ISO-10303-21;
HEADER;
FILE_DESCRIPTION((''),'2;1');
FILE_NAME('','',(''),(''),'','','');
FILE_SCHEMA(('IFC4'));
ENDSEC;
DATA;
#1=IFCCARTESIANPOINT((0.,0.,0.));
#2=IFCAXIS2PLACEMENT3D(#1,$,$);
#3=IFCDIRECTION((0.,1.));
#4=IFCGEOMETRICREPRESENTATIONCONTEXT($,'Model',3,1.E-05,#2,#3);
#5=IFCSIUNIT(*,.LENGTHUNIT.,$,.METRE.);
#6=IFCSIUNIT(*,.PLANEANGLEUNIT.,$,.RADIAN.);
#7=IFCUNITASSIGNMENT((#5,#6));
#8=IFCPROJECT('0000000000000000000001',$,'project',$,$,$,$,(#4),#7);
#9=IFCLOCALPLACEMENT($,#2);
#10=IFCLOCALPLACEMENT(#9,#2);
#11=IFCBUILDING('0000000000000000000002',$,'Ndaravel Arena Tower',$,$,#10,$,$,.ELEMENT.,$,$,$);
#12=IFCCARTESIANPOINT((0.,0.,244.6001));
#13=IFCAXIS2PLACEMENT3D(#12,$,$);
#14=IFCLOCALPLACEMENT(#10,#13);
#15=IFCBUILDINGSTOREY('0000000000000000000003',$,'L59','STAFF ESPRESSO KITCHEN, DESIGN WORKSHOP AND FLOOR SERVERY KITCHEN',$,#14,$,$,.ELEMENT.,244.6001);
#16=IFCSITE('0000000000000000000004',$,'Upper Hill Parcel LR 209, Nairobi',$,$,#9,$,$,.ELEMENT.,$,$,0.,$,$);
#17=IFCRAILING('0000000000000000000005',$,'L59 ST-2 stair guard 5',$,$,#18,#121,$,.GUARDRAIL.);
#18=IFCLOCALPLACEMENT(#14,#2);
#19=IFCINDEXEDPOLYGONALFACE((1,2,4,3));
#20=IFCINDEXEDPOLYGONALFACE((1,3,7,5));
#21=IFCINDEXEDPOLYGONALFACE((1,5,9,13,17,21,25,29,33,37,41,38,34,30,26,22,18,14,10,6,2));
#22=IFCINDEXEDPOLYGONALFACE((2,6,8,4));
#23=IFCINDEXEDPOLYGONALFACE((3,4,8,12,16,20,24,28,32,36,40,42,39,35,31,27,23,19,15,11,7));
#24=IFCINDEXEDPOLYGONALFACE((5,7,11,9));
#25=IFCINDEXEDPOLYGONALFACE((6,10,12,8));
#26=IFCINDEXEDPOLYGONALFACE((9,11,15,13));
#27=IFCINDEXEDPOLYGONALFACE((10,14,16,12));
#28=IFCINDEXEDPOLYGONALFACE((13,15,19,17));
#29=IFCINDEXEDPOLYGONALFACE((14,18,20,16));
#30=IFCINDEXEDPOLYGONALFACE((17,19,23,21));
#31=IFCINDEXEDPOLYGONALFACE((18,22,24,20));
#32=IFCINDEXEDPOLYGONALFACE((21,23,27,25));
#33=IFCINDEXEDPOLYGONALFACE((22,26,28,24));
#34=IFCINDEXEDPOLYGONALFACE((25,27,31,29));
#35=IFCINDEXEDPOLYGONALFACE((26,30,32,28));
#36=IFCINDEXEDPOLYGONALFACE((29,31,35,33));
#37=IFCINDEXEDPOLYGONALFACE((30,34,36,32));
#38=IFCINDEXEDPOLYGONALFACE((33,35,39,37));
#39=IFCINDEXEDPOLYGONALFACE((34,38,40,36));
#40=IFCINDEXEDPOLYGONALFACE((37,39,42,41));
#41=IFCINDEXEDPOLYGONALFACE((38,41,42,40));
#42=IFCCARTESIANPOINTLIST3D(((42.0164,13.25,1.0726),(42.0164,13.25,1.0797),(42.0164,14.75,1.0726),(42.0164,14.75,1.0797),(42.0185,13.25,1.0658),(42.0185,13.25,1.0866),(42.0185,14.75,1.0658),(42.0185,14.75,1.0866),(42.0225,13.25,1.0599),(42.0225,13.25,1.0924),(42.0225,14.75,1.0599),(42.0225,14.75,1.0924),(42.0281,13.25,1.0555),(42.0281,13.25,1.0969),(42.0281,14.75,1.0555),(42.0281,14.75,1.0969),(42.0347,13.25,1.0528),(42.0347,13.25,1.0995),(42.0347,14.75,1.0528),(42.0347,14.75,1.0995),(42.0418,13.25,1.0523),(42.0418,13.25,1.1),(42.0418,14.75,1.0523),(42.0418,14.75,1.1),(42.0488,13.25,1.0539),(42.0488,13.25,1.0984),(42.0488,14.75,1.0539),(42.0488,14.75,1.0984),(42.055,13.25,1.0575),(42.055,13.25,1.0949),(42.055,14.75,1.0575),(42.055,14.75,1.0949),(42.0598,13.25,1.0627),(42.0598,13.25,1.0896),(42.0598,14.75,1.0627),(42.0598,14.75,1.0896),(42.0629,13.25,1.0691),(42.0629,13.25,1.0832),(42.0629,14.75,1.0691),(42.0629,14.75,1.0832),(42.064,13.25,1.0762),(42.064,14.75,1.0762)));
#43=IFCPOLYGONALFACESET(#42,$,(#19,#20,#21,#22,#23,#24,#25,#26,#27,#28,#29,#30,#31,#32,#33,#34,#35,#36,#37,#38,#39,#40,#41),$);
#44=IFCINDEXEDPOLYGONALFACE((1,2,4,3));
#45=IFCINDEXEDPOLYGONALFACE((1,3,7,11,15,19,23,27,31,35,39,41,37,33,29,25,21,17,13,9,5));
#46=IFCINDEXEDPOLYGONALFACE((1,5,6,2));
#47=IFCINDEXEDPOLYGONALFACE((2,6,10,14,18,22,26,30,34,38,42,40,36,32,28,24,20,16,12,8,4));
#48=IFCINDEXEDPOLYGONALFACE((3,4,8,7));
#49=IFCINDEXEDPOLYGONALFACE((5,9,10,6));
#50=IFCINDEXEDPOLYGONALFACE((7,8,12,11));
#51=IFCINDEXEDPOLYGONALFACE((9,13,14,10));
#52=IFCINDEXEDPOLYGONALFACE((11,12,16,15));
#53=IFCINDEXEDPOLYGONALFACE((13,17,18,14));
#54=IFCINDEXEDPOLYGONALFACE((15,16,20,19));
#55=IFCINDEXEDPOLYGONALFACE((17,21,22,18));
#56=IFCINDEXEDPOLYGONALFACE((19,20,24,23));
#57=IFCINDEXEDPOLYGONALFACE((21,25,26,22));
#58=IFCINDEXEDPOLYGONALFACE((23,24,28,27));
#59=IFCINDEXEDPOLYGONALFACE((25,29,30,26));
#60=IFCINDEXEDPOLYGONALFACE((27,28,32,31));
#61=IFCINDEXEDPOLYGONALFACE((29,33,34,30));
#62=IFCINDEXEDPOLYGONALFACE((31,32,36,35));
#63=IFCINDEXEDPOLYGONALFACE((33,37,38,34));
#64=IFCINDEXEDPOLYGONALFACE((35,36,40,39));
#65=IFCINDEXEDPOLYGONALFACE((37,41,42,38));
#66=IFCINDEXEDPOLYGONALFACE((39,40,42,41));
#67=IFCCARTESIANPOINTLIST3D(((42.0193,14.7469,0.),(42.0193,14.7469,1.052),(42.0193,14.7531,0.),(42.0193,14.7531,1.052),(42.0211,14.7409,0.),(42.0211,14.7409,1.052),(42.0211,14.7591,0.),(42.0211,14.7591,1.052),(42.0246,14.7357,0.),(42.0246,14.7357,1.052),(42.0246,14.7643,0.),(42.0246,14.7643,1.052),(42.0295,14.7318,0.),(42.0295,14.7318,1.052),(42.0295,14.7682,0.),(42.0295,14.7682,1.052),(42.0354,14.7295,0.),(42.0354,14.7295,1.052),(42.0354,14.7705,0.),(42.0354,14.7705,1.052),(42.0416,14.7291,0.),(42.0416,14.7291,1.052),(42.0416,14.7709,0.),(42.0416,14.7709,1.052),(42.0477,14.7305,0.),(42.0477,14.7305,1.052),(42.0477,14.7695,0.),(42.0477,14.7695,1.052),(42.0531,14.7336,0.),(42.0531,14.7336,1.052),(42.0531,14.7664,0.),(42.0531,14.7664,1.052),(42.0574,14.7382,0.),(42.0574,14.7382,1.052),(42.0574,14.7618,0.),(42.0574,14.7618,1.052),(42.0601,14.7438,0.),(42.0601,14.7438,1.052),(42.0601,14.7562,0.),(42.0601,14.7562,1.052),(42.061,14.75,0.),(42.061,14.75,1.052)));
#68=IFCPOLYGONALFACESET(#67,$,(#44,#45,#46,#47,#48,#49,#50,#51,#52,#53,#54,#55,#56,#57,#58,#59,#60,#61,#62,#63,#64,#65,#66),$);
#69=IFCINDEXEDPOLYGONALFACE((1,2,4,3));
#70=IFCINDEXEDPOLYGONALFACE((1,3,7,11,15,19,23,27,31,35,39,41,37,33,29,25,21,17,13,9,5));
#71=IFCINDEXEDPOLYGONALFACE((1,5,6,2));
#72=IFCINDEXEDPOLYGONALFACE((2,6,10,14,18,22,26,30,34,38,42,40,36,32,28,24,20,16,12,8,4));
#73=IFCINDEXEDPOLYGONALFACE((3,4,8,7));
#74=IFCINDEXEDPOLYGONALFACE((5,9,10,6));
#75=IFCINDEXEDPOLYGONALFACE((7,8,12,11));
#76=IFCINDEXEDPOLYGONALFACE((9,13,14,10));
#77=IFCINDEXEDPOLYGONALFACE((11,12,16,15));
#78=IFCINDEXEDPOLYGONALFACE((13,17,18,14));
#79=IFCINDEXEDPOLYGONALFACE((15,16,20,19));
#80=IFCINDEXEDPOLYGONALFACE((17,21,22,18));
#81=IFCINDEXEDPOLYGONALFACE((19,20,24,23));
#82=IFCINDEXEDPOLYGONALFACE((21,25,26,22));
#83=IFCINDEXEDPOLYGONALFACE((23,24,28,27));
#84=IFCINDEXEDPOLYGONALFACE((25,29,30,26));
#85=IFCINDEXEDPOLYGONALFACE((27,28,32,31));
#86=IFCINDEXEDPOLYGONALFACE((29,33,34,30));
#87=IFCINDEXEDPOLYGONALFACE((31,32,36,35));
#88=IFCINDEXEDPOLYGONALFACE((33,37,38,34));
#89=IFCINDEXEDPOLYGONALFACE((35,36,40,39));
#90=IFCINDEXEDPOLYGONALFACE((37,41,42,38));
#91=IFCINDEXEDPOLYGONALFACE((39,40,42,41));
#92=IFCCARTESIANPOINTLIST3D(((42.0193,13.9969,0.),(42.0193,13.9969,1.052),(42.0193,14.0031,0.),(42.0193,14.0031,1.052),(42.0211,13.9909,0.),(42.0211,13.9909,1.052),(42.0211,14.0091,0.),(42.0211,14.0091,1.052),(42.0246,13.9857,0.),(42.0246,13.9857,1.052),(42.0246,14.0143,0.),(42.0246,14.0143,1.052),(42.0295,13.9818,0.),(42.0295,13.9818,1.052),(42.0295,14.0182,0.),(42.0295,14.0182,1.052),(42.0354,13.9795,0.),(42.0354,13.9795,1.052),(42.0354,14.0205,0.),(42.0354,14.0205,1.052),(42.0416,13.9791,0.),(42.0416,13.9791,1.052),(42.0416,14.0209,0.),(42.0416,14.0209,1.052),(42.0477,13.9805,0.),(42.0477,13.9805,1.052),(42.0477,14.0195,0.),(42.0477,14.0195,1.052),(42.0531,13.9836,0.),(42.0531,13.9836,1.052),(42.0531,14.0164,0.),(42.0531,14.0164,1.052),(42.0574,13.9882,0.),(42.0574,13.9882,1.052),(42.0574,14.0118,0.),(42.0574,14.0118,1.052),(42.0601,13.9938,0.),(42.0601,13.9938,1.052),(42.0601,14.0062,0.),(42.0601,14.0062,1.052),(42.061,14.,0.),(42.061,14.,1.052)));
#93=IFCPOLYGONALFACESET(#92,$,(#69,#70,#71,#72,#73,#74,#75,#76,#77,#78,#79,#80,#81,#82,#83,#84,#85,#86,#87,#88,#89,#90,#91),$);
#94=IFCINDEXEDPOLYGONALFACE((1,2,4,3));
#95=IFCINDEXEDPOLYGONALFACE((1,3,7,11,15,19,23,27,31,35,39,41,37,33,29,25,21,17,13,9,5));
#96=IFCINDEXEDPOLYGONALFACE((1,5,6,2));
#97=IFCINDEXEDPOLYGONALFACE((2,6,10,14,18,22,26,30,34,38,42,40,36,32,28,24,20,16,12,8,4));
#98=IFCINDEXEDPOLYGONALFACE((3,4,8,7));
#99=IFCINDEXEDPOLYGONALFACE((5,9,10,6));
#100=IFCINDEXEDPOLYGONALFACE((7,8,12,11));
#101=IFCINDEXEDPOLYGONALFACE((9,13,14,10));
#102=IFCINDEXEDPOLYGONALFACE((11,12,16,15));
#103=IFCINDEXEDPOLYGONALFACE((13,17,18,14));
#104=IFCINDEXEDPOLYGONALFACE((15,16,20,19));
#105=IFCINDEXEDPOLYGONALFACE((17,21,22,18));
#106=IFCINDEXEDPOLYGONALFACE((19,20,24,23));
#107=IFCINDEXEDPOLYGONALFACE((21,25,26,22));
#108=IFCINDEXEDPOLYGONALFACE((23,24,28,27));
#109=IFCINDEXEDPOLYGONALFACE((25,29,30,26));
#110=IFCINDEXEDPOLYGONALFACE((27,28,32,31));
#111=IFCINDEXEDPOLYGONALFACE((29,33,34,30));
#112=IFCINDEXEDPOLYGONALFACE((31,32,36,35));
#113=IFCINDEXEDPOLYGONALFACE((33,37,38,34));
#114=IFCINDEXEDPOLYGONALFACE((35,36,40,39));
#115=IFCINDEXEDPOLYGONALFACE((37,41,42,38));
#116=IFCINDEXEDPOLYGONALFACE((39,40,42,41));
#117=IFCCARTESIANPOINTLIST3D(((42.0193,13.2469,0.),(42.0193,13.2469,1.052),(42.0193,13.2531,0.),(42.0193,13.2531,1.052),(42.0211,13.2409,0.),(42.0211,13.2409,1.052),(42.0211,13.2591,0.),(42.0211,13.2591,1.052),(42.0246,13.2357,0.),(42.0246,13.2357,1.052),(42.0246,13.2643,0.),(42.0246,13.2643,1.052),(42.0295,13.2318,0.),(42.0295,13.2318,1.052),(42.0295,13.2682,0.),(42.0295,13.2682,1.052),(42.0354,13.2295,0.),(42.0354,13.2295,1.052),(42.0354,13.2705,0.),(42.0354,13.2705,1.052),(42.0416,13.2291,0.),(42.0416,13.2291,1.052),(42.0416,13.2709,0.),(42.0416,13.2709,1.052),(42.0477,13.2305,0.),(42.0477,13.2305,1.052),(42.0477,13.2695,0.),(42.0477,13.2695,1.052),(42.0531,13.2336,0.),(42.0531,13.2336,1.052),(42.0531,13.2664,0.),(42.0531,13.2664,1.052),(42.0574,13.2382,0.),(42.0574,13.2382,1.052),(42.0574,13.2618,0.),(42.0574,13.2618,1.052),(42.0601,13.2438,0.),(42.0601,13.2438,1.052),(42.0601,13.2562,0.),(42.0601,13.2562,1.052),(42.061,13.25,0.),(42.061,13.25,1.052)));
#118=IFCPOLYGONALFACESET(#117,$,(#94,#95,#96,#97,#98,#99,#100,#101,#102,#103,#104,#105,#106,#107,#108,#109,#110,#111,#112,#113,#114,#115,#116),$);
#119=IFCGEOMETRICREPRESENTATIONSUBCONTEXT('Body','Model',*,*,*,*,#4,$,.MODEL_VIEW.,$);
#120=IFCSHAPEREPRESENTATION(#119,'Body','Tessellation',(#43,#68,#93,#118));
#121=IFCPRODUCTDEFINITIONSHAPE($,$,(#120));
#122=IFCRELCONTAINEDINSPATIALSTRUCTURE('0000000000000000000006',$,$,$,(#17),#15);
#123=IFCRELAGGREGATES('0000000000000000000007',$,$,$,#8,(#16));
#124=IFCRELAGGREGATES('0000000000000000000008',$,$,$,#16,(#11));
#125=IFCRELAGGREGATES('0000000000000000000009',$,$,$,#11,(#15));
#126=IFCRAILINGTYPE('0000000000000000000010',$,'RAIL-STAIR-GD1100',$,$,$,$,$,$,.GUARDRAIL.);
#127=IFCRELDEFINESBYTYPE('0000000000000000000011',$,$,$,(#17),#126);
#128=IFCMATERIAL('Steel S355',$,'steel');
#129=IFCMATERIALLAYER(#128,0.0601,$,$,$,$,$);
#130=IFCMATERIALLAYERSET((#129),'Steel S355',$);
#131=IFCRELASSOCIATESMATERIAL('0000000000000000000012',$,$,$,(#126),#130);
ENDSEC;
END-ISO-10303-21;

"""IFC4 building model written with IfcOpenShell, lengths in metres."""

from ifc_helpers import new_model, si_unit, direction, frame, origin, origin_2d, place, context, subcontext, project, spatial, circle, extrude, material, layer, layer_set, type_object, element, save


model = new_model("IFC4")

# Units and contexts
model_context = context("Model", 3, precision=1e-05, world=origin(), true_north=direction((0.0, 1.0)))
body_context = subcontext(model_context, "Body", "Model", "MODEL_VIEW")
ifc_project = project(units=[si_unit("LENGTHUNIT", "METRE"), si_unit("PLANEANGLEUNIT", "RADIAN")], contexts=[model_context])

# Site, building, storey
site_placement = place(None, origin())
site = spatial("IfcSite", under=ifc_project, at=site_placement, Name="Upper Hill Parcel LR 209, Nairobi", CompositionType="ELEMENT", RefElevation=0.0)
building_placement = place(site_placement, origin())
building = spatial("IfcBuilding", under=site, at=building_placement, Name="Ndaravel Arena Tower", CompositionType="ELEMENT")
storey_placement = place(building_placement, frame((0.0, 0.0, 244.6001)))
storey = spatial("IfcBuildingStorey", under=building, at=storey_placement, Name="L59", Description="STAFF ESPRESSO KITCHEN, DESIGN WORKSHOP AND FLOOR SERVERY KITCHEN", CompositionType="ELEMENT", Elevation=244.6001)

# Railing
ifc_material_1 = material(Name="Steel S355", Category="steel")
ifc_layer_1 = layer(ifc_material_1, 0.0601)
ifc_layer_set_1 = layer_set([ifc_layer_1], Name="Steel S355")
railing_type = type_object("IfcRailingType", Name="RAIL-STAIR-GD1100", PredefinedType="GUARDRAIL", material=ifc_layer_set_1)
railing_1_placement = place(storey_placement, frame((42.04, 14.75, 0.0)))
element("IfcRailing", 1, at=railing_1_placement, inside=storey, type_object=railing_type, Name="L59 ST-2 stair guard 5", PredefinedType="GUARDRAIL", context=body_context, shape_type="SweptSolid", body=[
    extrude(circle(Radius=0.0239, at=origin_2d()), frame((0.0, 0.0, 1.0762), z_axis=(0.0, -1.0, 0.0), x_axis=(1.0, 0.0, 0.0)), (0.0, 0.0, 1.0), 1.5),
    extrude(circle(Radius=0.021, at=origin_2d()), origin(), (0.0, 0.0, 1.0), 1.052),
    extrude(circle(Radius=0.021, at=origin_2d()), frame((0.0, -0.75, 0.0)), (0.0, 0.0, 1.0), 1.052),
    extrude(circle(Radius=0.021, at=origin_2d()), frame((0.0, -1.5, 0.0)), (0.0, 0.0, 1.0), 1.052),
])

save(model, "model.ifc")
